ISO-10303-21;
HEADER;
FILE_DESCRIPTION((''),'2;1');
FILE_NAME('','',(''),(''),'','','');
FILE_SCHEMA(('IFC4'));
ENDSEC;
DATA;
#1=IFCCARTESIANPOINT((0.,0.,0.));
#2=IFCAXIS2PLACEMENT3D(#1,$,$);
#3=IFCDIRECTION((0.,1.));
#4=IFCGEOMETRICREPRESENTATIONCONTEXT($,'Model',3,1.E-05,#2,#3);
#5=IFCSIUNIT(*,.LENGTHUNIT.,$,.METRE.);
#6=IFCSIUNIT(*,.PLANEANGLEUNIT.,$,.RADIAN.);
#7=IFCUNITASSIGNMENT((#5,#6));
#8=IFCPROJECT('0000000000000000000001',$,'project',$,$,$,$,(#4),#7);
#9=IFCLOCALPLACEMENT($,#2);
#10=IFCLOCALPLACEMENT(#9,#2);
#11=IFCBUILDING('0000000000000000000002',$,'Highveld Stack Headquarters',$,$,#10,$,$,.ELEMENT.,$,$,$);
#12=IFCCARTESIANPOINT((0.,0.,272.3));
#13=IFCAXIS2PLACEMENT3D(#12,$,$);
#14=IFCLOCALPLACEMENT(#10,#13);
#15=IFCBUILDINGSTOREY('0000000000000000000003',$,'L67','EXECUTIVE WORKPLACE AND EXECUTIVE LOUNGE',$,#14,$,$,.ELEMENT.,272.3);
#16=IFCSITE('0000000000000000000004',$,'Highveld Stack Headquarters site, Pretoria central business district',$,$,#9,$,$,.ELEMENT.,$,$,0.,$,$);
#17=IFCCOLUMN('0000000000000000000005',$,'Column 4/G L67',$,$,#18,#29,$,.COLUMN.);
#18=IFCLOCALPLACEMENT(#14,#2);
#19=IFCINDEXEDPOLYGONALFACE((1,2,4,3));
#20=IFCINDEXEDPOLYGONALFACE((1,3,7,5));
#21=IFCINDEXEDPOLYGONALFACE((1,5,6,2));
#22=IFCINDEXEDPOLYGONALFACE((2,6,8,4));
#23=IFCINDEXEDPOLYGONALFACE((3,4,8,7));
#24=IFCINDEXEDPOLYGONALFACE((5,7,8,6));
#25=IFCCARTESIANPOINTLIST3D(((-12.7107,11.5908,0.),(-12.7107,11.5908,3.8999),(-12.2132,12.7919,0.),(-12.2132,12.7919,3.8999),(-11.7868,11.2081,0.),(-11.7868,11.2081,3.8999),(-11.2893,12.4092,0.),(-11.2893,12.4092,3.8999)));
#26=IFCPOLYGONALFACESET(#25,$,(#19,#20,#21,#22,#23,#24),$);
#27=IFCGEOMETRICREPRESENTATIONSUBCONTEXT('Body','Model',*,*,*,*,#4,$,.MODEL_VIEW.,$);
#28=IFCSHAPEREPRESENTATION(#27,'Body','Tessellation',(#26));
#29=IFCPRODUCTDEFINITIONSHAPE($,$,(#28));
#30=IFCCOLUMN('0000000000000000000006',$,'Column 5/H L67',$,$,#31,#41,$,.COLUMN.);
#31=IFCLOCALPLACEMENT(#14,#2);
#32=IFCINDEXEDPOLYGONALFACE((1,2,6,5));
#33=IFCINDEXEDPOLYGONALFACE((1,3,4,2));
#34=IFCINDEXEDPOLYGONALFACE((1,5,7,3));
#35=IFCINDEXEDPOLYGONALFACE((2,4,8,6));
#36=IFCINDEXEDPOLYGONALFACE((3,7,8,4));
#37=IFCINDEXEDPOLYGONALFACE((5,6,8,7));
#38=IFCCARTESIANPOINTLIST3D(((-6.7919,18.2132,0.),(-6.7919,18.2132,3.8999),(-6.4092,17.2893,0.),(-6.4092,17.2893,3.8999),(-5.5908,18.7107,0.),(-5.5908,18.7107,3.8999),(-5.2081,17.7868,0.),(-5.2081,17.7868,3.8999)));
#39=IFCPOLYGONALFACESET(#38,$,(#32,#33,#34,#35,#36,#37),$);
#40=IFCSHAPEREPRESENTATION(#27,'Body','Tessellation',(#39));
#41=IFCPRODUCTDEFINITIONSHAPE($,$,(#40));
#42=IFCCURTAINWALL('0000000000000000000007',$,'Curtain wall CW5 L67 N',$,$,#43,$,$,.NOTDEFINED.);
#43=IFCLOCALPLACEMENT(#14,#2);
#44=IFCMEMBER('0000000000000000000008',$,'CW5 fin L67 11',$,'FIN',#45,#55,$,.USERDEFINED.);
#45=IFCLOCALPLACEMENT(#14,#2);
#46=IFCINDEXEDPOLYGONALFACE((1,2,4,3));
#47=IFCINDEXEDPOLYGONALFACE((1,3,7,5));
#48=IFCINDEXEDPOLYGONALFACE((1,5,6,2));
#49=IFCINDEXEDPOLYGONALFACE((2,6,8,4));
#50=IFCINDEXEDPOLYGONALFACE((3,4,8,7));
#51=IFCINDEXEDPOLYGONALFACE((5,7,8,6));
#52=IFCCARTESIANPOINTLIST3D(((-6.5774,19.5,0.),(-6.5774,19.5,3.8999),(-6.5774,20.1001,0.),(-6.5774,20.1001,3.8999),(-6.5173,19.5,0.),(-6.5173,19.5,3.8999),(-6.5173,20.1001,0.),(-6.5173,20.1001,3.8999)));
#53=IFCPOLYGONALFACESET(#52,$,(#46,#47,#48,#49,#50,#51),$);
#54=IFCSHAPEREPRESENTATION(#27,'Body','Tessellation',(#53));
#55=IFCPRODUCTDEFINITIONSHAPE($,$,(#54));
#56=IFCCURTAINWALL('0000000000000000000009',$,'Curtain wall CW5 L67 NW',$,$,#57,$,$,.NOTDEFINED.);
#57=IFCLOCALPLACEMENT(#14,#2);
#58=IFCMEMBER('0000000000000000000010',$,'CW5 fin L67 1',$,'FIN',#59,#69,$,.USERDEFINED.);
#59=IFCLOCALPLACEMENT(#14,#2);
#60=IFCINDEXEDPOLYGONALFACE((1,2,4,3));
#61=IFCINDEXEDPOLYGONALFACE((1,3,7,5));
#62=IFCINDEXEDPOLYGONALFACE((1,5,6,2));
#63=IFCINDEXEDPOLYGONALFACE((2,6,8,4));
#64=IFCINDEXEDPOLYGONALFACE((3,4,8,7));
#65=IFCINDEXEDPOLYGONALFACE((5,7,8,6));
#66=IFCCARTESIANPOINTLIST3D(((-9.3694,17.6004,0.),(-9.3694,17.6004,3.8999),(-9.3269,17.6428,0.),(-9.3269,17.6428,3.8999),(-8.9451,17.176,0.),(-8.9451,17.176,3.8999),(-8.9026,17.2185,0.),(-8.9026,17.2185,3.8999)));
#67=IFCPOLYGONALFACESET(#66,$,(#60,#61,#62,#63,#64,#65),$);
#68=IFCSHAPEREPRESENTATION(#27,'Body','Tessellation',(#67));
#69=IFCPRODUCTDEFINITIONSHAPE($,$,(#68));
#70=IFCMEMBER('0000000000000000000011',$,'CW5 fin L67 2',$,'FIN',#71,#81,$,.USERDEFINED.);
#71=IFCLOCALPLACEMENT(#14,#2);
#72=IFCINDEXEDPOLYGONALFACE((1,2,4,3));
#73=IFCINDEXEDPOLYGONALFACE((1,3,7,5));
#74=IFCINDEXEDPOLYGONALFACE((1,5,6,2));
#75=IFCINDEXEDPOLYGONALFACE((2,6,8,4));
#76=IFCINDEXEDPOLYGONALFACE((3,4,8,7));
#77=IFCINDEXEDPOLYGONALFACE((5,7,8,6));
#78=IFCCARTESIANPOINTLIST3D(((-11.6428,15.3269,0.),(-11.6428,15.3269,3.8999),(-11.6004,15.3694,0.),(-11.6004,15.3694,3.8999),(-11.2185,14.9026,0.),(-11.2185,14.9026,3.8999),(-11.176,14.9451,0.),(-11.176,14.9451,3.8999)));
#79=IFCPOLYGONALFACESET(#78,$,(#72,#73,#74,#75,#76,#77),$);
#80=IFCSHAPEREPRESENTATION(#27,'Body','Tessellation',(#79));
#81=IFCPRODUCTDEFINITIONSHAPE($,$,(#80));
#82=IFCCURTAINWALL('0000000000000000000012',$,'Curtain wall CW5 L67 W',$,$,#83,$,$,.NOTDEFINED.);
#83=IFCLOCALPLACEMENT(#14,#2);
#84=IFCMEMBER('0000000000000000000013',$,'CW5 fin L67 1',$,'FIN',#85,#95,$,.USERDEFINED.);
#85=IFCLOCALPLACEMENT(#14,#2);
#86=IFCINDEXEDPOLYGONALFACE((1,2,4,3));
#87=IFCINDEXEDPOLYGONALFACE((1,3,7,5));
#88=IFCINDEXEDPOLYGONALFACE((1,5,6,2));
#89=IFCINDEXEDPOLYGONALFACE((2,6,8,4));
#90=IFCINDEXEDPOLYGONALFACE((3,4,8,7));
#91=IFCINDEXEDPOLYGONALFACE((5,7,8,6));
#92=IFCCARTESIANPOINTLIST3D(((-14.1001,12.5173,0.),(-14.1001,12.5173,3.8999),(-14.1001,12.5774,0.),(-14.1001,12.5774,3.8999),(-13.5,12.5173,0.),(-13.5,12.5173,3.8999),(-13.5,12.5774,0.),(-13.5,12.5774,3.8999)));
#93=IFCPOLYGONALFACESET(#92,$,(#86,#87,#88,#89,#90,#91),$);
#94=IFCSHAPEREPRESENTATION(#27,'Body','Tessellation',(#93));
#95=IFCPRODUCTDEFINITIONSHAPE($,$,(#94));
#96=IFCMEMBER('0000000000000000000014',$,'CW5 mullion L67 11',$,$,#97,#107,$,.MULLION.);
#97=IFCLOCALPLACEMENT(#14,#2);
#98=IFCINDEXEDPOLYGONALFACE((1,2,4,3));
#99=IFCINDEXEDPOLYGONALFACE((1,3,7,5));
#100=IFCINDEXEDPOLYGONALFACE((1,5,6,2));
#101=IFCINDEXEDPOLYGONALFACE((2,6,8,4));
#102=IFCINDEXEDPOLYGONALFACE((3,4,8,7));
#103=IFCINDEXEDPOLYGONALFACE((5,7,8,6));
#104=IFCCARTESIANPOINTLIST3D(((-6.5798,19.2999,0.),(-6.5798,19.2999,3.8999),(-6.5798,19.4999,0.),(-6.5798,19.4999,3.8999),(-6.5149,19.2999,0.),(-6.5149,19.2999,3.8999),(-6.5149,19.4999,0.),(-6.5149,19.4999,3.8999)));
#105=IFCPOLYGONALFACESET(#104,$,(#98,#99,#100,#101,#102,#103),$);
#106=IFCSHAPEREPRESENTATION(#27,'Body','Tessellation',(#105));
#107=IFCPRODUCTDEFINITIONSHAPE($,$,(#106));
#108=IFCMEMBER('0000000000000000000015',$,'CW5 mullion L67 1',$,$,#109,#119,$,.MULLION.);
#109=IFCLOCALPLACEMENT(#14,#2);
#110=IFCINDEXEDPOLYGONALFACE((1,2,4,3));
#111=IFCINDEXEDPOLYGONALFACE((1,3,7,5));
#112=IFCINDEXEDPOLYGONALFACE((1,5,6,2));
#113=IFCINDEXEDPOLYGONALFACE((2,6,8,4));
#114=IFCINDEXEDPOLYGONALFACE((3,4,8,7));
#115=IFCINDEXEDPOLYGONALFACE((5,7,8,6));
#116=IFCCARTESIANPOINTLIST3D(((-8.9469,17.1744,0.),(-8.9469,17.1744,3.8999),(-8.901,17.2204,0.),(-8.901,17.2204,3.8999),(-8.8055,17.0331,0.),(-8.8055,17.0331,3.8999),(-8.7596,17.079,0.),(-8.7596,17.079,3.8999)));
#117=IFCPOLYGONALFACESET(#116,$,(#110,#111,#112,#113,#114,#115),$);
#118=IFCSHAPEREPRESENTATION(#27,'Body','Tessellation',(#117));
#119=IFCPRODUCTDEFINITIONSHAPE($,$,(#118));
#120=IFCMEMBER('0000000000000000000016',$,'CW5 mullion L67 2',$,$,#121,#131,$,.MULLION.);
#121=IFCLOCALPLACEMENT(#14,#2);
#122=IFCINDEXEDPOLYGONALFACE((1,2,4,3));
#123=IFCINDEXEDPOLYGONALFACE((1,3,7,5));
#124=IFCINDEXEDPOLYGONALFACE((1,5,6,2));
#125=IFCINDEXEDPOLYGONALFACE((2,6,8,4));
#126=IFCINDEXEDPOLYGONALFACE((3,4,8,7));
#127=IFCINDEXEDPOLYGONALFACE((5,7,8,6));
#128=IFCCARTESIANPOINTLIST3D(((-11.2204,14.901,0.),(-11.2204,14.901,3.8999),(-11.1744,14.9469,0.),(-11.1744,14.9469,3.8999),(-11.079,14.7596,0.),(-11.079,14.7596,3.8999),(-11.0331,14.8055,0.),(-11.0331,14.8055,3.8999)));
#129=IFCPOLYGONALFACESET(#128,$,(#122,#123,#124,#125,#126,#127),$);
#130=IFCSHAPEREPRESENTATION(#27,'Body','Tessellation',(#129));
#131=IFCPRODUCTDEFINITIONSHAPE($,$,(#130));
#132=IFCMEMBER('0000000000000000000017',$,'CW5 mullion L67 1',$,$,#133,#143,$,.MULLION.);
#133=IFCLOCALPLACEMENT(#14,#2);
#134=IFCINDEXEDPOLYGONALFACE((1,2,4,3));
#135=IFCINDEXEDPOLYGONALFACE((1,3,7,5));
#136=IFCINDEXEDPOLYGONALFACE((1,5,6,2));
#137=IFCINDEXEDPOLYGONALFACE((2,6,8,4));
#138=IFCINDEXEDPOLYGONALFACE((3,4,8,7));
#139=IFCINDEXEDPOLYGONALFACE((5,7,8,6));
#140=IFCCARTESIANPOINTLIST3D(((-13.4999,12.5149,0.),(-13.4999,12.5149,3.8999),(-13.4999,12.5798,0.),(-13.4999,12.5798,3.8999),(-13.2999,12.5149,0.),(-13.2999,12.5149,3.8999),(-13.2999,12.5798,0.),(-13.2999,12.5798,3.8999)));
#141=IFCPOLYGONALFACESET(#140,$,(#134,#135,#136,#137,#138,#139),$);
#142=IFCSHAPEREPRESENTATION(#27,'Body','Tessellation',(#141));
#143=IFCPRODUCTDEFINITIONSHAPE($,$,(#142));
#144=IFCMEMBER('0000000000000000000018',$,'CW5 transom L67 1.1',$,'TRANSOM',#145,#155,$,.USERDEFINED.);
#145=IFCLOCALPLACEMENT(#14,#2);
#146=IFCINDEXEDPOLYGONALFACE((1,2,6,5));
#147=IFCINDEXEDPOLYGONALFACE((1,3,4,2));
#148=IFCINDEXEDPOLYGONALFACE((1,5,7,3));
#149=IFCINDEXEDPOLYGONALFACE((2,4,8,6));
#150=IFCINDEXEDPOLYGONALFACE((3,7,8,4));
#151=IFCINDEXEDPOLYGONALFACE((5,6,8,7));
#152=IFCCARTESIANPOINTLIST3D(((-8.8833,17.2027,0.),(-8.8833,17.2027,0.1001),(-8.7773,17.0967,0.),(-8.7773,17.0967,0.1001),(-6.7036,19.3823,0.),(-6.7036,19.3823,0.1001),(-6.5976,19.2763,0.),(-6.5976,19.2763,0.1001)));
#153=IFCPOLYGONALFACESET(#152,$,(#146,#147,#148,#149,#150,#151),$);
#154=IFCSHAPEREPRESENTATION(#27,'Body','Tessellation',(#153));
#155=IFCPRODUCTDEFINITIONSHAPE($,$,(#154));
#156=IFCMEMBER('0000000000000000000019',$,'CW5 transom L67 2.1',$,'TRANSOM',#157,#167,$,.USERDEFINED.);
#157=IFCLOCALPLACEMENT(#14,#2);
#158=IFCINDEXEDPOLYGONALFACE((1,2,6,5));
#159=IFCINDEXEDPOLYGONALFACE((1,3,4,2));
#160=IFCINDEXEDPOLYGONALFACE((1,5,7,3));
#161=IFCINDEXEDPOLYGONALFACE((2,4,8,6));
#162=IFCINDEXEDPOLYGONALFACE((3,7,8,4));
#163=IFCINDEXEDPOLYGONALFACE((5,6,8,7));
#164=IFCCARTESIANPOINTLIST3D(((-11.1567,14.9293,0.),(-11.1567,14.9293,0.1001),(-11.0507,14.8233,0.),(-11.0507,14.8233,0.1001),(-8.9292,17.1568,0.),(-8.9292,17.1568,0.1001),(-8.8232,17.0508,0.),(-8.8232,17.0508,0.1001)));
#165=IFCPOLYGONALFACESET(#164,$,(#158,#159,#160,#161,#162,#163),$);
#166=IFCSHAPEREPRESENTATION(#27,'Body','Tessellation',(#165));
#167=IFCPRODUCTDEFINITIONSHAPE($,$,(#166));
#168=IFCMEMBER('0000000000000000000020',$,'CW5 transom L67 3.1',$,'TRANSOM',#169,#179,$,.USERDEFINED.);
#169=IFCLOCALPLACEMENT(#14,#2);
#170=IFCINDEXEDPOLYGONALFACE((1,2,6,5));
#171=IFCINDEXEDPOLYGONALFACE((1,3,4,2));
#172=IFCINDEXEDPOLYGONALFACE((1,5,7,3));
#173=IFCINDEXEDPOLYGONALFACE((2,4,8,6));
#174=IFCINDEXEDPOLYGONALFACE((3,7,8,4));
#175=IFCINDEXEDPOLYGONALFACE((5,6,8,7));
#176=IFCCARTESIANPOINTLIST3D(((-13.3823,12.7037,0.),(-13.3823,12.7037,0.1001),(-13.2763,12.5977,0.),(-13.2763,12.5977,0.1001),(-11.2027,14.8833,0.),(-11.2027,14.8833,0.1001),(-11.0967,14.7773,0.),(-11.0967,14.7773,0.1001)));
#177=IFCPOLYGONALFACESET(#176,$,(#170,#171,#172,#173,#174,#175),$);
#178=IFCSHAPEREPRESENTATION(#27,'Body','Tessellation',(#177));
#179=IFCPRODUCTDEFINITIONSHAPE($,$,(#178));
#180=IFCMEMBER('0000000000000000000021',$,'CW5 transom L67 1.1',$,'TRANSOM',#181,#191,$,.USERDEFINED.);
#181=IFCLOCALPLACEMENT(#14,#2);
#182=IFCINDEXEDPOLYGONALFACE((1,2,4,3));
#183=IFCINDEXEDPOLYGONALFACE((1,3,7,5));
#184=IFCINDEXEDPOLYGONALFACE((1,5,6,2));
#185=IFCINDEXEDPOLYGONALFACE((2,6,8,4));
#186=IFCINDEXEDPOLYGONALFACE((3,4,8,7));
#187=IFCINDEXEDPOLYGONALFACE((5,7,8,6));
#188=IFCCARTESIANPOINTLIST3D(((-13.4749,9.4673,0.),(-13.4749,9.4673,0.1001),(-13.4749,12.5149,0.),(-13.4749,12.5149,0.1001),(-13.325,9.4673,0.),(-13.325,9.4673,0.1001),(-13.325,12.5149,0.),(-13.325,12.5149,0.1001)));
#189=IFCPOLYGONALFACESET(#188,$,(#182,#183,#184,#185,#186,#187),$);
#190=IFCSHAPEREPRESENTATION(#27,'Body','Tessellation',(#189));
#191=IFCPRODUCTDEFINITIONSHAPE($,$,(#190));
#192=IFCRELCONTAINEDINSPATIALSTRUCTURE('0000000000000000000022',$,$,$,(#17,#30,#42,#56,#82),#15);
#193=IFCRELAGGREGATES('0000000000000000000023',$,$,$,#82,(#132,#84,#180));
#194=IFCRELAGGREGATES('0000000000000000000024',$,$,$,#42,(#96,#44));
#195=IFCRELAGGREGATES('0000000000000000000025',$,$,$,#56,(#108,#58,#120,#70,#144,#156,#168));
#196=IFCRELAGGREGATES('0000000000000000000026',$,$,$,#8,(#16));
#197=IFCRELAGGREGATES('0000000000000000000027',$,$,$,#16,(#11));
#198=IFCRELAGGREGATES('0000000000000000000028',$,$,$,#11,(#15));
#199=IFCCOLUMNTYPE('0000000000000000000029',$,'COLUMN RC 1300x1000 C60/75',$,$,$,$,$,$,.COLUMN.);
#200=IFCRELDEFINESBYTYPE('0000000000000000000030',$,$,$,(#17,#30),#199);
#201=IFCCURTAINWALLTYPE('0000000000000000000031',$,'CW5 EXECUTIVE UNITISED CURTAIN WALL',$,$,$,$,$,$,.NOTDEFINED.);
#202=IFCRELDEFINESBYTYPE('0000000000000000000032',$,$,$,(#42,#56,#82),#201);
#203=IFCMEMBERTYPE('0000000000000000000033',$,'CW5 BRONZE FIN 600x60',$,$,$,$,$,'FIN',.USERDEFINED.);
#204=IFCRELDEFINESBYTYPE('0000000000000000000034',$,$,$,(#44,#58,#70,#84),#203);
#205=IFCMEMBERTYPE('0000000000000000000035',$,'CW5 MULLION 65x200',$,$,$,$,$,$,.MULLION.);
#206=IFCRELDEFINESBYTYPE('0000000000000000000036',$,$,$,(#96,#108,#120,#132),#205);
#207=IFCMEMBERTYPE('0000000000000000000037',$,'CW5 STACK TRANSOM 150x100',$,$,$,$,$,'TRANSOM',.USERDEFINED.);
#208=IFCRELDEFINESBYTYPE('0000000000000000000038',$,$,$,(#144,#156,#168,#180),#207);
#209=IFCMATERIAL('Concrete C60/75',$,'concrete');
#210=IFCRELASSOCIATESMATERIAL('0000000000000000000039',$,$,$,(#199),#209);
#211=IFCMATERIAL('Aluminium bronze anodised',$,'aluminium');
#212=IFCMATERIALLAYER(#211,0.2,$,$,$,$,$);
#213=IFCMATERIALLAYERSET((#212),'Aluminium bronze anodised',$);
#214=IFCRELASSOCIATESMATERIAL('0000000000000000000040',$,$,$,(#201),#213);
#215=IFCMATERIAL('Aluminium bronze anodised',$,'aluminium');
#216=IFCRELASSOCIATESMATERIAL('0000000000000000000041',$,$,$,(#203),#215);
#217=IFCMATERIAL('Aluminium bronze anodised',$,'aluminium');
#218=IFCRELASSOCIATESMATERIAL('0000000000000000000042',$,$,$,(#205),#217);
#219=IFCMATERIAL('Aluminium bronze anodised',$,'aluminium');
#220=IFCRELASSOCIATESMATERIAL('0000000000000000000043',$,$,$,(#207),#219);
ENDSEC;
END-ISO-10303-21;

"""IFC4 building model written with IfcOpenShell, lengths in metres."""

from ifc_helpers import new_model, si_unit, direction, frame, origin, origin_2d, place, context, subcontext, project, spatial, rectangle, extrude, material, layer, layer_set, material_profile, profile_set, type_object, element, aggregate, save


model = new_model("IFC4")

# Units and contexts
model_context = context("Model", 3, precision=1e-05, world=origin(), true_north=direction((0.0, 1.0)))
body_context = subcontext(model_context, "Body", "Model", "MODEL_VIEW")
ifc_project = project(units=[si_unit("LENGTHUNIT", "METRE"), si_unit("PLANEANGLEUNIT", "RADIAN")], contexts=[model_context])

# Site, building, storey
site_placement = place(None, origin())
site = spatial("IfcSite", under=ifc_project, at=site_placement, Name="Highveld Stack Headquarters site, Pretoria central business district", CompositionType="ELEMENT", RefElevation=0.0)
building_placement = place(site_placement, origin())
building = spatial("IfcBuilding", under=site, at=building_placement, Name="Highveld Stack Headquarters", CompositionType="ELEMENT")
storey_placement = place(building_placement, frame((0.0, 0.0, 272.3)))
storey = spatial("IfcBuildingStorey", under=building, at=storey_placement, Name="L67", Description="EXECUTIVE WORKPLACE AND EXECUTIVE LOUNGE", CompositionType="ELEMENT", Elevation=272.3)

# Columns
ifc_material_1 = material(Name="Concrete C60/75", Category="concrete")
ifc_material_profile_1 = material_profile(ifc_material_1, rectangle(XDim=1.3, YDim=1.0, at=origin_2d()), Name="RC 1300x1000")
ifc_profile_set_1 = profile_set([ifc_material_profile_1], Name="Concrete C60/75")
column_type = type_object("IfcColumnType", Name="COLUMN RC 1300x1000 C60/75", PredefinedType="COLUMN", material=ifc_profile_set_1)
for number, where, z_axis, x_axis, name in (
    (1, (-12.0, 12.0, 0.0), (0.0, 0.0, 1.0), (0.382683, 0.92388, 0.0), "Column 4/G L67"),
    (2, (-6.0, 18.0, 0.0), (0.0, 0.0, 1.0), (0.92388, 0.382683, 0.0), "Column 5/H L67"),
):
    element("IfcColumn", number, at=place(storey_placement, frame(where, z_axis=z_axis, x_axis=x_axis)), inside=storey, type_object=column_type, Name=name, PredefinedType="COLUMN", context=body_context, shape_type="SweptSolid", body=[
        extrude(rectangle(XDim=1.3, YDim=1.0, at=origin_2d()), origin(), (0.0, 0.0, 1.0), 3.8999),
    ])

# Curtain wall, member
ifc_material_2 = material(Name="Aluminium bronze anodised", Category="aluminium")
ifc_layer_1 = layer(ifc_material_2, 0.2)
ifc_layer_set_1 = layer_set([ifc_layer_1], Name="Aluminium bronze anodised")
curtain_wall_type = type_object("IfcCurtainWallType", Name="CW5 EXECUTIVE UNITISED CURTAIN WALL", PredefinedType="NOTDEFINED", material=ifc_layer_set_1)
curtain_wall_1_placement = place(storey_placement, origin())
curtain_wall_1 = element("IfcCurtainWall", 3, at=curtain_wall_1_placement, inside=storey, type_object=curtain_wall_type, Name="Curtain wall CW5 L67 N", PredefinedType="NOTDEFINED")
ifc_material_3 = material(Name="Aluminium bronze anodised", Category="aluminium")
ifc_material_profile_2 = material_profile(ifc_material_3, rectangle(XDim=0.6001, YDim=0.0601, at=origin_2d()), Name="FIN 600x60")
ifc_profile_set_2 = profile_set([ifc_material_profile_2], Name="Aluminium bronze anodised")
member_type_1 = type_object("IfcMemberType", Name="CW5 BRONZE FIN 600x60", ElementType="FIN", PredefinedType="USERDEFINED", material=ifc_profile_set_2)
member_1_placement = place(storey_placement, frame((-6.5474, 19.8, 0.0), z_axis=(0.0, 0.0, 1.0), x_axis=(0.0, -1.0, 0.0)))
member_1 = element("IfcMember", 4, at=member_1_placement, type_object=member_type_1, Name="CW5 fin L67 11", ObjectType="FIN", PredefinedType="USERDEFINED", context=body_context, shape_type="SweptSolid", body=[
    extrude(rectangle(XDim=0.6001, YDim=0.0601, at=origin_2d()), origin(), (0.0, 0.0, 1.0), 3.8999),
])

# Curtain wall, members
curtain_wall_2_placement = place(storey_placement, origin())
curtain_wall_2 = element("IfcCurtainWall", 5, at=curtain_wall_2_placement, inside=storey, type_object=curtain_wall_type, Name="Curtain wall CW5 L67 NW", PredefinedType="NOTDEFINED")
member_2_placement = place(storey_placement, frame((-9.136, 17.4094, 0.0), z_axis=(0.0, 0.0, 1.0), x_axis=(0.707107, -0.707107, 0.0)))
member_2 = element("IfcMember", 6, at=member_2_placement, type_object=member_type_1, Name="CW5 fin L67 1", ObjectType="FIN", PredefinedType="USERDEFINED", context=body_context, shape_type="SweptSolid", body=[
    extrude(rectangle(XDim=0.6001, YDim=0.0601, at=origin_2d()), origin(), (0.0, 0.0, 1.0), 3.8999),
])
member_3_placement = place(storey_placement, frame((-11.4094, 15.136, 0.0), z_axis=(0.0, 0.0, 1.0), x_axis=(0.707107, -0.707107, 0.0)))
member_3 = element("IfcMember", 7, at=member_3_placement, type_object=member_type_1, Name="CW5 fin L67 2", ObjectType="FIN", PredefinedType="USERDEFINED", context=body_context, shape_type="SweptSolid", body=[
    extrude(rectangle(XDim=0.6001, YDim=0.0601, at=origin_2d()), origin(), (0.0, 0.0, 1.0), 3.8999),
])

# Curtain wall, member
curtain_wall_3_placement = place(storey_placement, origin())
curtain_wall_3 = element("IfcCurtainWall", 8, at=curtain_wall_3_placement, inside=storey, type_object=curtain_wall_type, Name="Curtain wall CW5 L67 W", PredefinedType="NOTDEFINED")
member_4_placement = place(storey_placement, frame((-13.8, 12.5474, 0.0), z_axis=(0.0, 0.0, 1.0), x_axis=(1.0, 0.0, 0.0)))
member_4 = element("IfcMember", 9, at=member_4_placement, type_object=member_type_1, Name="CW5 fin L67 1", ObjectType="FIN", PredefinedType="USERDEFINED", context=body_context, shape_type="SweptSolid", body=[
    extrude(rectangle(XDim=0.6001, YDim=0.0601, at=origin_2d()), origin(), (0.0, 0.0, 1.0), 3.8999),
])

# Members
ifc_material_4 = material(Name="Aluminium bronze anodised", Category="aluminium")
ifc_material_profile_3 = material_profile(ifc_material_4, rectangle(XDim=0.2, YDim=0.0649, at=origin_2d()), Name="CW5 MULLION 65x200")
ifc_profile_set_3 = profile_set([ifc_material_profile_3], Name="Aluminium bronze anodised")
member_type_2 = type_object("IfcMemberType", Name="CW5 MULLION 65x200", PredefinedType="MULLION", material=ifc_profile_set_3)
member_5_placement = place(storey_placement, frame((-6.5474, 19.3999, 0.0), z_axis=(0.0, 0.0, 1.0), x_axis=(0.0, -1.0, 0.0)))
member_5 = element("IfcMember", 10, at=member_5_placement, type_object=member_type_2, Name="CW5 mullion L67 11", PredefinedType="MULLION", context=body_context, shape_type="SweptSolid", body=[
    extrude(rectangle(XDim=0.2, YDim=0.0649, at=origin_2d()), origin(), (0.0, 0.0, 1.0), 3.8999),
])
member_6_placement = place(storey_placement, frame((-8.8533, 17.1267, 0.0), z_axis=(0.0, 0.0, 1.0), x_axis=(0.707107, -0.707107, 0.0)))
member_6 = element("IfcMember", 11, at=member_6_placement, type_object=member_type_2, Name="CW5 mullion L67 1", PredefinedType="MULLION", context=body_context, shape_type="SweptSolid", body=[
    extrude(rectangle(XDim=0.2, YDim=0.0649, at=origin_2d()), origin(), (0.0, 0.0, 1.0), 3.8999),
])
member_7_placement = place(storey_placement, frame((-11.1267, 14.8533, 0.0), z_axis=(0.0, 0.0, 1.0), x_axis=(0.707107, -0.707107, 0.0)))
member_7 = element("IfcMember", 12, at=member_7_placement, type_object=member_type_2, Name="CW5 mullion L67 2", PredefinedType="MULLION", context=body_context, shape_type="SweptSolid", body=[
    extrude(rectangle(XDim=0.2, YDim=0.0649, at=origin_2d()), origin(), (0.0, 0.0, 1.0), 3.8999),
])
member_8_placement = place(storey_placement, frame((-13.3999, 12.5474, 0.0), z_axis=(0.0, 0.0, 1.0), x_axis=(1.0, 0.0, 0.0)))
member_8 = element("IfcMember", 13, at=member_8_placement, type_object=member_type_2, Name="CW5 mullion L67 1", PredefinedType="MULLION", context=body_context, shape_type="SweptSolid", body=[
    extrude(rectangle(XDim=0.2, YDim=0.0649, at=origin_2d()), origin(), (0.0, 0.0, 1.0), 3.8999),
])
ifc_material_5 = material(Name="Aluminium bronze anodised", Category="aluminium")
ifc_material_profile_4 = material_profile(ifc_material_5, rectangle(XDim=0.1499, YDim=0.1001, at=origin_2d()), Name="CW5 TRANSOM 150x100")
ifc_profile_set_4 = profile_set([ifc_material_profile_4], Name="Aluminium bronze anodised")
member_type_3 = type_object("IfcMemberType", Name="CW5 STACK TRANSOM 150x100", ElementType="TRANSOM", PredefinedType="USERDEFINED", material=ifc_profile_set_4)
member_9_placement = place(storey_placement, frame((-6.6506, 19.3293, 0.05), z_axis=(-0.707107, -0.707107, 0.0), x_axis=(0.707107, -0.707107, 0.0)))
member_9 = element("IfcMember", 14, at=member_9_placement, type_object=member_type_3, Name="CW5 transom L67 1.1", ObjectType="TRANSOM", PredefinedType="USERDEFINED", context=body_context, shape_type="SweptSolid", body=[
    extrude(rectangle(XDim=0.1499, YDim=0.1001, at=origin_2d()), origin(), (0.0, 0.0, 1.0), 3.0825),
])
member_10_placement = place(storey_placement, frame((-8.8762, 17.1038, 0.05), z_axis=(-0.707107, -0.707107, 0.0), x_axis=(0.707107, -0.707107, 0.0)))
member_10 = element("IfcMember", 15, at=member_10_placement, type_object=member_type_3, Name="CW5 transom L67 2.1", ObjectType="TRANSOM", PredefinedType="USERDEFINED", context=body_context, shape_type="SweptSolid", body=[
    extrude(rectangle(XDim=0.1499, YDim=0.1001, at=origin_2d()), origin(), (0.0, 0.0, 1.0), 3.1501),
])
member_11_placement = place(storey_placement, frame((-11.1497, 14.8303, 0.05), z_axis=(-0.707107, -0.707107, 0.0), x_axis=(0.707107, -0.707107, 0.0)))
member_11 = element("IfcMember", 16, at=member_11_placement, type_object=member_type_3, Name="CW5 transom L67 3.1", ObjectType="TRANSOM", PredefinedType="USERDEFINED", context=body_context, shape_type="SweptSolid", body=[
    extrude(rectangle(XDim=0.1499, YDim=0.1001, at=origin_2d()), origin(), (0.0, 0.0, 1.0), 3.0825),
])
member_12_placement = place(storey_placement, frame((-13.3999, 12.5149, 0.05), z_axis=(0.0, -1.0, 0.0), x_axis=(1.0, 0.0, 0.0)))
member_12 = element("IfcMember", 17, at=member_12_placement, type_object=member_type_3, Name="CW5 transom L67 1.1", ObjectType="TRANSOM", PredefinedType="USERDEFINED", context=body_context, shape_type="SweptSolid", body=[
    extrude(rectangle(XDim=0.1499, YDim=0.1001, at=origin_2d()), origin(), (0.0, 0.0, 1.0), 3.0476),
])
aggregate(curtain_wall_3, [member_8, member_4, member_12])

aggregate(curtain_wall_1, [member_5, member_1])
aggregate(curtain_wall_2, [member_6, member_2, member_7, member_3, member_9, member_10, member_11])

save(model, "model.ifc")
